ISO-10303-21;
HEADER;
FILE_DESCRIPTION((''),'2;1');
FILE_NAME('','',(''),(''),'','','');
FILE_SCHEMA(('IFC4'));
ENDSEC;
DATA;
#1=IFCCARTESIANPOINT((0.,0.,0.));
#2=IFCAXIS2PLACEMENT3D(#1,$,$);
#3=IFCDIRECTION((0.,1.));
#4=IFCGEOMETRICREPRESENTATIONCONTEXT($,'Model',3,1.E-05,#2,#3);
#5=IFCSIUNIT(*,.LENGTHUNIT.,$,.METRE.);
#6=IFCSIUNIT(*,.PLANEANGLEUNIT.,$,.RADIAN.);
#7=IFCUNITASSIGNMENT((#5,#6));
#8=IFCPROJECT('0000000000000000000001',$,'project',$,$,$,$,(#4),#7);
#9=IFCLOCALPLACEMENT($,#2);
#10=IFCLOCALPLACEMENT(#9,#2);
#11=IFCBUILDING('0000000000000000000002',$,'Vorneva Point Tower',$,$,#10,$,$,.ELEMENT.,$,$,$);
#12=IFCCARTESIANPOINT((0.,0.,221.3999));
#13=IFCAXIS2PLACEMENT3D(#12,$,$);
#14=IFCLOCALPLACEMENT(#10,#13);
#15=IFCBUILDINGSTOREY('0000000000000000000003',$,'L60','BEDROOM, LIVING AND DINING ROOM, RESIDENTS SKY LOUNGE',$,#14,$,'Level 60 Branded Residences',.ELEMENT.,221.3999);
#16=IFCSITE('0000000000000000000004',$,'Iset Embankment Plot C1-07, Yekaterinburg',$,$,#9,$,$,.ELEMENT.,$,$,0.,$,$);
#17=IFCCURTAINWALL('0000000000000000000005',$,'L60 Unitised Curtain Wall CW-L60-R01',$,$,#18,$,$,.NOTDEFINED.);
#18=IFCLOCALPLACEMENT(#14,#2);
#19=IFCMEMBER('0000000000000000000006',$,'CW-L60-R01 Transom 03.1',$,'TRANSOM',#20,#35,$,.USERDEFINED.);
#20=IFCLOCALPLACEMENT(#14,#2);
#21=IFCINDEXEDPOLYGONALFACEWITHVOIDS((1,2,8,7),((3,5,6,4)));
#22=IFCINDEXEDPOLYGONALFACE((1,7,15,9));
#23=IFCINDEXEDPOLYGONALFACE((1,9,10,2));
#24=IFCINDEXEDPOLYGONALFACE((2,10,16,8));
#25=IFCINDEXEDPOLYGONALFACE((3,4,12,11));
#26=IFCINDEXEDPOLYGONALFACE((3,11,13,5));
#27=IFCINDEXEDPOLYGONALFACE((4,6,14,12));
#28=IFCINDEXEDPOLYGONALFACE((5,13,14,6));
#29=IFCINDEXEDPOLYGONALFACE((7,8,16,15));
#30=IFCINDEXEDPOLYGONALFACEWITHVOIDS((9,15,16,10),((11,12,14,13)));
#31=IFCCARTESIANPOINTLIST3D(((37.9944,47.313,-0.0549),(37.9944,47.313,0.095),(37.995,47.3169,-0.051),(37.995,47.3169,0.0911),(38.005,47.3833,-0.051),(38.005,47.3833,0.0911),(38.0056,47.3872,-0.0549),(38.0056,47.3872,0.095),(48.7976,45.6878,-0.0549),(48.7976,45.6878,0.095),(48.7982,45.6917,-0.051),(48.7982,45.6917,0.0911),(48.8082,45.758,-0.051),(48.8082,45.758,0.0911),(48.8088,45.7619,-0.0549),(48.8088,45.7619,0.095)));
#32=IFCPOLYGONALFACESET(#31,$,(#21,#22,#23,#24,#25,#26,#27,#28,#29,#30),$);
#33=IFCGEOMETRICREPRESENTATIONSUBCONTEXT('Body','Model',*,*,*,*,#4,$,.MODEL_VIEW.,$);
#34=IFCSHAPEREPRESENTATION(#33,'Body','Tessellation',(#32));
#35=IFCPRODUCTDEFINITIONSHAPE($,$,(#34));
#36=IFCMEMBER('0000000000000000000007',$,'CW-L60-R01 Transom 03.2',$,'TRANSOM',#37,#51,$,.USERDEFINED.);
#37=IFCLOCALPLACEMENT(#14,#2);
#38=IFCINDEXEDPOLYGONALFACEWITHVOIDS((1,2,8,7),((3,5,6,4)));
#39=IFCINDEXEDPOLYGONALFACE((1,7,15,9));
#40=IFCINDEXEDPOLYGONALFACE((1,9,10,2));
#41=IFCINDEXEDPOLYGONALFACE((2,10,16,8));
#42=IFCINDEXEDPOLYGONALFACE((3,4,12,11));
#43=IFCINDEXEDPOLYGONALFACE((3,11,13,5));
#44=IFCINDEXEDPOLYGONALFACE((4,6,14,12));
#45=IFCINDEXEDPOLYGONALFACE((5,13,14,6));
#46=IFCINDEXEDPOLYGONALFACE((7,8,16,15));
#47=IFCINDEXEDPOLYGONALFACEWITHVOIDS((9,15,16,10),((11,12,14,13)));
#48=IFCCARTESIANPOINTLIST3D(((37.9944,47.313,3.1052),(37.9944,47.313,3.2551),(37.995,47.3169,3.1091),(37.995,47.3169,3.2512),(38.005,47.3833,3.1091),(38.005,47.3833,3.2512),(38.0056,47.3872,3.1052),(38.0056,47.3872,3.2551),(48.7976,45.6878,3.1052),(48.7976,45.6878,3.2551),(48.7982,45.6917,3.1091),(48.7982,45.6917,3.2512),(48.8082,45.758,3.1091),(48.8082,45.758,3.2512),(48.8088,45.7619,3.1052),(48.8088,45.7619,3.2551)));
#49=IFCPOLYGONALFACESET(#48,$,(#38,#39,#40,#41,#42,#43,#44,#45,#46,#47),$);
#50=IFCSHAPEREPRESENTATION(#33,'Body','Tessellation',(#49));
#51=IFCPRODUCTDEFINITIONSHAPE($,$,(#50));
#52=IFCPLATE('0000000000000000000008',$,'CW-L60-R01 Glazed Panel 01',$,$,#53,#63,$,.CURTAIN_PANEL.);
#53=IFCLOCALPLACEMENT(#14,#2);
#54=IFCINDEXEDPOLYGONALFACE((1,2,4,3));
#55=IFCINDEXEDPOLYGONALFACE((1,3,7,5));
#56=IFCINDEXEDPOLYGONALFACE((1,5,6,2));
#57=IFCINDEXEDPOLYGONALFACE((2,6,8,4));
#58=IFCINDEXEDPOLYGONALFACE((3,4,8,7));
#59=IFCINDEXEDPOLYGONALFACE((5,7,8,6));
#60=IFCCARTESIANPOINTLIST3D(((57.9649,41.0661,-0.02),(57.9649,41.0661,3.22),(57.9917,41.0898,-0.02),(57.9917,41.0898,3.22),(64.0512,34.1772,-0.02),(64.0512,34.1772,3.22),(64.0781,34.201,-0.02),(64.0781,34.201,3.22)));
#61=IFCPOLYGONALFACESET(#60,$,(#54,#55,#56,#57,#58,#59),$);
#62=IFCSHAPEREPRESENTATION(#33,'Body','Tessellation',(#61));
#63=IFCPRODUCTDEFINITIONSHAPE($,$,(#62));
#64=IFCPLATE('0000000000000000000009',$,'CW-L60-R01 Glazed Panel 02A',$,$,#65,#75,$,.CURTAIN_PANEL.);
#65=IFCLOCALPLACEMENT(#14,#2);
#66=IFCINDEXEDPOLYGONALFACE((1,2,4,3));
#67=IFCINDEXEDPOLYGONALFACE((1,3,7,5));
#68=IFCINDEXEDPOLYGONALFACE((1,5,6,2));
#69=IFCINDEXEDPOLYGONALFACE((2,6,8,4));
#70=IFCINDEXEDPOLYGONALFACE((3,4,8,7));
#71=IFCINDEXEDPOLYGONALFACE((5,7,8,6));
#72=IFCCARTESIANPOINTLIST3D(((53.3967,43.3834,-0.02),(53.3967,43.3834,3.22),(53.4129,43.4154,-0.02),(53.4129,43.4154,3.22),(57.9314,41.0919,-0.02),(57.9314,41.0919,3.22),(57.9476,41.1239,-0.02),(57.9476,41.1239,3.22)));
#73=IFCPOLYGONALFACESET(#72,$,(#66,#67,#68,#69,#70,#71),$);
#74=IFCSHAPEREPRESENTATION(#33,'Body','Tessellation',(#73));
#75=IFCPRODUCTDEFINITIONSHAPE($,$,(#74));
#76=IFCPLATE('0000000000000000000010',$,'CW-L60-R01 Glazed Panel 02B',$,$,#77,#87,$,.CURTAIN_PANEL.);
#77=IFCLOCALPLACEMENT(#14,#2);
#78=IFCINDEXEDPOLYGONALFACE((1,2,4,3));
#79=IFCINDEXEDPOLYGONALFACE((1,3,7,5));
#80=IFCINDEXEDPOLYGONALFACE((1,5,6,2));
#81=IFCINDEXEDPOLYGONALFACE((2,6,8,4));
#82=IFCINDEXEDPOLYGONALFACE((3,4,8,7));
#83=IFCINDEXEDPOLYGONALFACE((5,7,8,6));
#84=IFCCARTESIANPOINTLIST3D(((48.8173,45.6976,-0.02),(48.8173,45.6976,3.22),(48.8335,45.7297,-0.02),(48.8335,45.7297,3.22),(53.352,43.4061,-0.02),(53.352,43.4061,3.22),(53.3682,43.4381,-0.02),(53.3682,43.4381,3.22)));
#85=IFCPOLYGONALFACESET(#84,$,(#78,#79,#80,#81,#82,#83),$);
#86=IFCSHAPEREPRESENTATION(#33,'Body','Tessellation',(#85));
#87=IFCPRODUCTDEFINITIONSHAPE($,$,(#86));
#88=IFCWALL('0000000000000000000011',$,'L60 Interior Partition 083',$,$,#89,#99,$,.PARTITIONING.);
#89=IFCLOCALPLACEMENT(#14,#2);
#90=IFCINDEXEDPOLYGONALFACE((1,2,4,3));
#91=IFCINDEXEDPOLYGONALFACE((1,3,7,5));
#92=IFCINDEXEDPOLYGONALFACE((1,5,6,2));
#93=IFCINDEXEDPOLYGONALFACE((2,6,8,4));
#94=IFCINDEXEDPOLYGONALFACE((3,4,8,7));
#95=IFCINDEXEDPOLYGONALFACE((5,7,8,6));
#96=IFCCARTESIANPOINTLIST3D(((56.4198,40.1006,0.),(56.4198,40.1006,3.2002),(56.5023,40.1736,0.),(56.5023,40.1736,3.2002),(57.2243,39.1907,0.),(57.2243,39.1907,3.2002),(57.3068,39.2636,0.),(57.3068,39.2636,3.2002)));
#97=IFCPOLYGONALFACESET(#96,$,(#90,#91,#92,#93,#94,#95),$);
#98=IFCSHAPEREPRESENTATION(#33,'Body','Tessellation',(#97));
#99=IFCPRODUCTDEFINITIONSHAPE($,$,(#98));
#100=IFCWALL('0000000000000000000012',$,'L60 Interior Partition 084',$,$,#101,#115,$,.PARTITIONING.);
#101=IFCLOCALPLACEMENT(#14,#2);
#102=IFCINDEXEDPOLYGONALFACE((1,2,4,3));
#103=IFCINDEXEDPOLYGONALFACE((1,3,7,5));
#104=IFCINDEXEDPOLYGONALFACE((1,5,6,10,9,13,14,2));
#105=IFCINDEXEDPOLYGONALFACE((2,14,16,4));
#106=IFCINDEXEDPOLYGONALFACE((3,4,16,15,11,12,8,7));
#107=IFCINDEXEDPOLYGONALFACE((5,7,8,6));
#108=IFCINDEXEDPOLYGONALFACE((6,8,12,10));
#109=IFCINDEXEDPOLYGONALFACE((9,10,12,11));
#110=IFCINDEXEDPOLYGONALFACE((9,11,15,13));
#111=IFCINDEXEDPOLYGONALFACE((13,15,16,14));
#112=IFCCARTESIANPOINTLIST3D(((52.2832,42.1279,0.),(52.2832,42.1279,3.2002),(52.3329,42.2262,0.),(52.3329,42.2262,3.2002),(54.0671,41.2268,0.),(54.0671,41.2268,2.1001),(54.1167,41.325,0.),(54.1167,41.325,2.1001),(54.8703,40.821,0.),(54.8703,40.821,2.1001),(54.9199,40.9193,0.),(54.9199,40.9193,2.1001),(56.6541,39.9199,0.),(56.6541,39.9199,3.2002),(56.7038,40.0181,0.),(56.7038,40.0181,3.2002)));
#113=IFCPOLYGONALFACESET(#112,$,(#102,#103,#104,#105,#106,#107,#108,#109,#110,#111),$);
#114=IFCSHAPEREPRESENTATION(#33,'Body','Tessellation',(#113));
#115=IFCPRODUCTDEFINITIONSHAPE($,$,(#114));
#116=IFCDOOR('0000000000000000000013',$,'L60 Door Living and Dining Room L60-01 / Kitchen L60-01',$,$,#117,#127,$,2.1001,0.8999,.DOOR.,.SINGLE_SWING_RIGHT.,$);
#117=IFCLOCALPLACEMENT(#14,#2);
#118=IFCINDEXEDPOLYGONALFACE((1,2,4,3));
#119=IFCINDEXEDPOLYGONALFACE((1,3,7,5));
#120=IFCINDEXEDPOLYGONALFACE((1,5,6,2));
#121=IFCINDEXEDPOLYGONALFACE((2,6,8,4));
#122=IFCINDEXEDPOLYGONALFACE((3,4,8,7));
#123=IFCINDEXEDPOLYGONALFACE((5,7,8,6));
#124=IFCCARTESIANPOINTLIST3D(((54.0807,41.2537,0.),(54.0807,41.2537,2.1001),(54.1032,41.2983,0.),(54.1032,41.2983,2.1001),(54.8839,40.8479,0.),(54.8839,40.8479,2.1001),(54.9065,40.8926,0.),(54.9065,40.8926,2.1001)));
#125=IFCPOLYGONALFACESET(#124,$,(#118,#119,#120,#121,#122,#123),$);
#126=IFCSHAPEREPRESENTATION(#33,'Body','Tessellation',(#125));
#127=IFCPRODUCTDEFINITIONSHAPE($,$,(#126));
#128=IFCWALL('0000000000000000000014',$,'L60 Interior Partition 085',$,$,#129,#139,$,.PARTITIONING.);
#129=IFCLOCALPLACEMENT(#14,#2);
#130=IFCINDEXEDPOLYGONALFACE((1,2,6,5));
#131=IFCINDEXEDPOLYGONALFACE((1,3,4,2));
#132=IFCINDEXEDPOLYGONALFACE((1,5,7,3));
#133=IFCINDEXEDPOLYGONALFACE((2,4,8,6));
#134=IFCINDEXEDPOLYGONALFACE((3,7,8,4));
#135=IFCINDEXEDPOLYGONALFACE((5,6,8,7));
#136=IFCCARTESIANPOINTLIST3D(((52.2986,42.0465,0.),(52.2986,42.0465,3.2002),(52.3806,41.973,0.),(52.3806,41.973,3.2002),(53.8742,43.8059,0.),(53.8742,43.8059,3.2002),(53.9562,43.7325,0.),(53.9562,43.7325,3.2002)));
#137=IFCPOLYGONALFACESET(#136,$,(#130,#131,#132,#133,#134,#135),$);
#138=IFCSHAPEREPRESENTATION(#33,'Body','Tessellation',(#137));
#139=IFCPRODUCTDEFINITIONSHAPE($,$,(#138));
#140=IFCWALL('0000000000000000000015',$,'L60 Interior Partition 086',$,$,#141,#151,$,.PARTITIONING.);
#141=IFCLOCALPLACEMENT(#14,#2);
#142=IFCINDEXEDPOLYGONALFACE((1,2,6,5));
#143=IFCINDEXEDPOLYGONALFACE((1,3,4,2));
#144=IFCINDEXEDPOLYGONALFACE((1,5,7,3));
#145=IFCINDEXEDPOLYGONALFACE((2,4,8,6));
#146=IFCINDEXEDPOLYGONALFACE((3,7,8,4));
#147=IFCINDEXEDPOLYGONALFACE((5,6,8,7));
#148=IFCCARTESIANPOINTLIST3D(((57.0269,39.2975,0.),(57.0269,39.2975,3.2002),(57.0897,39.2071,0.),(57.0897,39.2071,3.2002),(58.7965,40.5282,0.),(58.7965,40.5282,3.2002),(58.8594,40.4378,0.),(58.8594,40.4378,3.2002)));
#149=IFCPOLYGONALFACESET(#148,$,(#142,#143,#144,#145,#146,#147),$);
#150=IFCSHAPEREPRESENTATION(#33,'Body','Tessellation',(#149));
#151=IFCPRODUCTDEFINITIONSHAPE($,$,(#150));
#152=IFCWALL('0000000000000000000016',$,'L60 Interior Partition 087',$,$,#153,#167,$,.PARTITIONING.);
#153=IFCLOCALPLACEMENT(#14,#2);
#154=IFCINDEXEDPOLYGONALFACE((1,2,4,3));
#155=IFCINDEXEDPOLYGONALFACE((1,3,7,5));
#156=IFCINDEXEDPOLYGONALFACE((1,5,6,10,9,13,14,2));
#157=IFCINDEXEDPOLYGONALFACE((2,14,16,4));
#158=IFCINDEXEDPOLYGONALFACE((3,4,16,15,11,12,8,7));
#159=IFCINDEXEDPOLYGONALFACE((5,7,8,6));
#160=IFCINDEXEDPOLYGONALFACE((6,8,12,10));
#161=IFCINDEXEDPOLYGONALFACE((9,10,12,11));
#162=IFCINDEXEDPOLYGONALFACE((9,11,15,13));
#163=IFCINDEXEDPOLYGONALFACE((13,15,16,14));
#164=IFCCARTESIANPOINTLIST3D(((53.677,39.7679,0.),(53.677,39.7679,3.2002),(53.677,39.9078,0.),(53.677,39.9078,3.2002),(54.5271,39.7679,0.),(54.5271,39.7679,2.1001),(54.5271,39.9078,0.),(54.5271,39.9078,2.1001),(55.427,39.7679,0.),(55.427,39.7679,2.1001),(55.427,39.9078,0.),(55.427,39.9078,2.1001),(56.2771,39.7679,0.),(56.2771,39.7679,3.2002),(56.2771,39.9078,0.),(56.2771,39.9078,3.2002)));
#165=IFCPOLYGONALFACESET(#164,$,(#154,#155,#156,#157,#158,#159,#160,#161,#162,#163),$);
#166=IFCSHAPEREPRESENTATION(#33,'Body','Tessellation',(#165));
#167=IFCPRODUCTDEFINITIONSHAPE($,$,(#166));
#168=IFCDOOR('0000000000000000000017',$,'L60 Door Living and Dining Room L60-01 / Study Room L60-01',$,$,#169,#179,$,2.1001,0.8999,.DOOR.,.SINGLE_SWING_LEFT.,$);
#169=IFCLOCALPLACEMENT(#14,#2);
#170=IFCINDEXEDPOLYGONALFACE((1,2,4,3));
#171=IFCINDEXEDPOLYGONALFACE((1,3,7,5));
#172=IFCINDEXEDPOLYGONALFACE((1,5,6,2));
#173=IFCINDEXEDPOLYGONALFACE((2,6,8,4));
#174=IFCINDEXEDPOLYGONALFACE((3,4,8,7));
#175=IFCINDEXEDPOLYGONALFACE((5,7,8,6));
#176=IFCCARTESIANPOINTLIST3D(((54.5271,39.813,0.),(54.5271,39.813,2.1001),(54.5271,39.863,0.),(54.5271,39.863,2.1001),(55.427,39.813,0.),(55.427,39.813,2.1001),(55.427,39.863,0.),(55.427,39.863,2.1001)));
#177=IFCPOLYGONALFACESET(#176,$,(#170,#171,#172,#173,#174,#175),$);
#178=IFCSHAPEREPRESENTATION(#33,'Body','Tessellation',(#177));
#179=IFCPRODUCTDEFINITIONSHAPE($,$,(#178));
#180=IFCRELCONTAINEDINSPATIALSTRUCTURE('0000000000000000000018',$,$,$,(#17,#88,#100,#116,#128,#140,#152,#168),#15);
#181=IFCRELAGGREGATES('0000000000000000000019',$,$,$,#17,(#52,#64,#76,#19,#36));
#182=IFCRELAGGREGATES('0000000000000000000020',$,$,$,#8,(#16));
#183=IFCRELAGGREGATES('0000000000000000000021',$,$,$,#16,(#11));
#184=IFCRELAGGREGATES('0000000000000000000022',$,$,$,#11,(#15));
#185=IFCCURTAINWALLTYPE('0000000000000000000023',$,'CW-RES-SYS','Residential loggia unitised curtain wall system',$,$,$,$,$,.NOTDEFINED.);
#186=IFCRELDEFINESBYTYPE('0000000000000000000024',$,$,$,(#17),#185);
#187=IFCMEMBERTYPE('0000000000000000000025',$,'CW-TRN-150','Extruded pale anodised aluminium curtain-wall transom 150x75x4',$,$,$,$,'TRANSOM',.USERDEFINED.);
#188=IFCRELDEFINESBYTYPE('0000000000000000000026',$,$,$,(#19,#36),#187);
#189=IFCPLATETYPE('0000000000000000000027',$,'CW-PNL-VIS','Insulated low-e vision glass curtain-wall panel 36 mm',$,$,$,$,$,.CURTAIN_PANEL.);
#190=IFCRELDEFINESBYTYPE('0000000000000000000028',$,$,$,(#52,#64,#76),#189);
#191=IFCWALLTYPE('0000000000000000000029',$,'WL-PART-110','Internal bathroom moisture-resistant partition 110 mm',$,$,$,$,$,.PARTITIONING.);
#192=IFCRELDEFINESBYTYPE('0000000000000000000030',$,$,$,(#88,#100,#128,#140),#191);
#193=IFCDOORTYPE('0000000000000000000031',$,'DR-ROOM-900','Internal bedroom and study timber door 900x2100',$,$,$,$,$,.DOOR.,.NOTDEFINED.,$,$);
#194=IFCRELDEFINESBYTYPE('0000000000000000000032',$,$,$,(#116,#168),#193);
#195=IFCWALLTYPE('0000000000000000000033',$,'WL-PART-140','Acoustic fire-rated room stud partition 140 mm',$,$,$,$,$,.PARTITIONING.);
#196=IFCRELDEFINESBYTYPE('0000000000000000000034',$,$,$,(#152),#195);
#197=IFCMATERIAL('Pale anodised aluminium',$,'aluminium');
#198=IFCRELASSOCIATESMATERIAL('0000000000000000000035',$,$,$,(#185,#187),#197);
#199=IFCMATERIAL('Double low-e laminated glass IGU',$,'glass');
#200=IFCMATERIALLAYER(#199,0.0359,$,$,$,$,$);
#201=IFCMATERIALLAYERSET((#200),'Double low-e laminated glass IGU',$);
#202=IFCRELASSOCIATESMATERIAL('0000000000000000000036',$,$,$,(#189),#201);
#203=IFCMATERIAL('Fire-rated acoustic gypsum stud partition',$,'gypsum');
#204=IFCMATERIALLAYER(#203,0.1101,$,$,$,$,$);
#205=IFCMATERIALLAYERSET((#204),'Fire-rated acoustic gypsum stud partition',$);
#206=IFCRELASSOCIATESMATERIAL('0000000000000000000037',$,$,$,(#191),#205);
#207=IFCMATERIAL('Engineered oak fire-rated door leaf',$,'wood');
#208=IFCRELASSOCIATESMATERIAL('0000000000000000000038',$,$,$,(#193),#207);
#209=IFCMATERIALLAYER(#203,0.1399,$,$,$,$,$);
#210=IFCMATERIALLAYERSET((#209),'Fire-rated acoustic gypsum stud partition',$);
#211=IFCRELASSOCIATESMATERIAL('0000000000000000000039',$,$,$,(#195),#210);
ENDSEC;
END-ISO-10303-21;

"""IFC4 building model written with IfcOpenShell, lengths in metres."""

from ifc_helpers import new_model, si_unit, direction, frame, frame_2d, origin, origin_2d, place, context, subcontext, project, spatial, rectangle, hollow_rectangle, extrude, material, layer, layer_set, material_profile, profile_set, type_object, element, fill, aggregate, save


model = new_model("IFC4")

# Units and contexts
model_context = context("Model", 3, precision=1e-05, world=origin(), true_north=direction((0.0, 1.0)))
body_context = subcontext(model_context, "Body", "Model", "MODEL_VIEW")
ifc_project = project(units=[si_unit("LENGTHUNIT", "METRE"), si_unit("PLANEANGLEUNIT", "RADIAN")], contexts=[model_context])

# Site, building, storey
site_placement = place(None, origin())
site = spatial("IfcSite", under=ifc_project, at=site_placement, Name="Iset Embankment Plot C1-07, Yekaterinburg", CompositionType="ELEMENT", RefElevation=0.0)
building_placement = place(site_placement, origin())
building = spatial("IfcBuilding", under=site, at=building_placement, Name="Vorneva Point Tower", CompositionType="ELEMENT")
storey_placement = place(building_placement, frame((0.0, 0.0, 221.3999)))
storey = spatial("IfcBuildingStorey", under=building, at=storey_placement, Name="L60", Description="BEDROOM, LIVING AND DINING ROOM, RESIDENTS SKY LOUNGE", LongName="Level 60 Branded Residences", CompositionType="ELEMENT", Elevation=221.3999)

# Curtain wall, members, plates
ifc_material_1 = material(Name="Pale anodised aluminium", Category="aluminium")
curtain_wall_type = type_object("IfcCurtainWallType", Name="CW-RES-SYS", Description="Residential loggia unitised curtain wall system", PredefinedType="NOTDEFINED", material=ifc_material_1)
curtain_wall_placement = place(storey_placement, origin())
curtain_wall = element("IfcCurtainWall", 1, at=curtain_wall_placement, inside=storey, type_object=curtain_wall_type, Name="L60 Unitised Curtain Wall CW-L60-R01", PredefinedType="NOTDEFINED")
ifc_material_profile_1 = material_profile(ifc_material_1, hollow_rectangle(XDim=0.075, YDim=0.1499, WallThickness=0.0039, at=origin_2d()), Name="AL-TRN 150x75x4")
ifc_profile_set_1 = profile_set([ifc_material_profile_1], Name="Pale anodised aluminium")
member_type_1 = type_object("IfcMemberType", Name="CW-TRN-150", Description="Extruded pale anodised aluminium curtain-wall transom 150x75x4", ElementType="TRANSOM", PredefinedType="USERDEFINED", material=ifc_profile_set_1)
member_1_placement = place(storey_placement, frame((48.8032, 45.7249, 0.02), z_axis=(-0.988872, 0.148767, 0.0), x_axis=(-0.148767, -0.988872, 0.0)))
member_1 = element("IfcMember", 2, at=member_1_placement, type_object=member_type_1, Name="CW-L60-R01 Transom 03.1", ObjectType="TRANSOM", PredefinedType="USERDEFINED", context=body_context, shape_type="SweptSolid", body=[
    extrude(hollow_rectangle(XDim=0.075, YDim=0.1499, WallThickness=0.0039, at=origin_2d()), origin(), (0.0, 0.0, 1.0), 10.9248),
])
member_2_placement = place(storey_placement, frame((48.8032, 45.7249, 3.1802), z_axis=(-0.988872, 0.148767, 0.0), x_axis=(-0.148767, -0.988872, 0.0)))
member_2 = element("IfcMember", 3, at=member_2_placement, type_object=member_type_1, Name="CW-L60-R01 Transom 03.2", ObjectType="TRANSOM", PredefinedType="USERDEFINED", context=body_context, shape_type="SweptSolid", body=[
    extrude(hollow_rectangle(XDim=0.075, YDim=0.1499, WallThickness=0.0039, at=origin_2d()), origin(), (0.0, 0.0, 1.0), 10.9248),
])
ifc_material_2 = material(Name="Double low-e laminated glass IGU", Category="glass")
ifc_layer_1 = layer(ifc_material_2, 0.0359)
ifc_layer_set_1 = layer_set([ifc_layer_1], Name="Double low-e laminated glass IGU")
plate_type = type_object("IfcPlateType", Name="CW-PNL-VIS", Description="Insulated low-e vision glass curtain-wall panel 36 mm", PredefinedType="CURTAIN_PANEL", material=ifc_layer_set_1)
plate_1_placement = place(storey_placement, frame((61.0215, 37.6335, -0.02), z_axis=(0.0, 0.0, 1.0), x_axis=(-0.66211, 0.749407, 0.0)))
plate_1 = element("IfcPlate", 4, at=plate_1_placement, type_object=plate_type, Name="CW-L60-R01 Glazed Panel 01", PredefinedType="CURTAIN_PANEL", context=body_context, shape_type="SweptSolid", body=[
    extrude(rectangle(XDim=9.1924, YDim=0.0359, at=origin_2d()), origin(), (0.0, 0.0, 1.0), 3.24),
])
plate_2_placement = place(storey_placement, frame((55.6721, 42.2537, -0.02), z_axis=(0.0, 0.0, 1.0), x_axis=(-0.892515, 0.451018, 0.0)))
plate_2 = element("IfcPlate", 5, at=plate_2_placement, type_object=plate_type, Name="CW-L60-R01 Glazed Panel 02A", PredefinedType="CURTAIN_PANEL", context=body_context, shape_type="SweptSolid", body=[
    extrude(rectangle(XDim=5.0808, YDim=0.0359, at=origin_2d()), origin(), (0.0, 0.0, 1.0), 3.24),
])
plate_3_placement = place(storey_placement, frame((51.0928, 44.5679, -0.02), z_axis=(0.0, 0.0, 1.0), x_axis=(-0.892515, 0.451018, 0.0)))
plate_3 = element("IfcPlate", 6, at=plate_3_placement, type_object=plate_type, Name="CW-L60-R01 Glazed Panel 02B", PredefinedType="CURTAIN_PANEL", context=body_context, shape_type="SweptSolid", body=[
    extrude(rectangle(XDim=5.0808, YDim=0.0359, at=origin_2d()), origin(), (0.0, 0.0, 1.0), 3.24),
])
aggregate(curtain_wall, [plate_1, plate_2, plate_3, member_1, member_2])

# Wall
ifc_material_3 = material(Name="Fire-rated acoustic gypsum stud partition", Category="gypsum")
ifc_layer_2 = layer(ifc_material_3, 0.1101)
ifc_layer_set_2 = layer_set([ifc_layer_2], Name="Fire-rated acoustic gypsum stud partition")
wall_type_1 = type_object("IfcWallType", Name="WL-PART-110", Description="Internal bathroom moisture-resistant partition 110 mm", PredefinedType="PARTITIONING", material=ifc_layer_set_2)
wall_1_placement = place(storey_placement, frame((57.2656, 39.2271, 0.0), z_axis=(0.0, 0.0, 1.0), x_axis=(-0.662353, 0.749192, 0.0)))
element("IfcWall", 7, at=wall_1_placement, inside=storey, type_object=wall_type_1, Name="L60 Interior Partition 083", PredefinedType="PARTITIONING", context=body_context, shape_type="SweptSolid", body=[
    extrude(rectangle(XDim=1.2146, YDim=0.1101, at=frame_2d((0.6074, 0.0))), origin(), (0.0, 0.0, 1.0), 3.2002),
])

# Wall, opening, door
wall_2_placement = place(storey_placement, frame((56.679, 39.969, 0.0), z_axis=(0.0, 0.0, 1.0), x_axis=(-0.892575, 0.450899, 0.0)))
wall_2 = element("IfcWall", 8, at=wall_2_placement, inside=storey, type_object=wall_type_1, Name="L60 Interior Partition 084", PredefinedType="PARTITIONING", context=body_context, shape_type="SweptSolid", body=[
    extrude(rectangle(XDim=4.897, YDim=0.1101, at=frame_2d((2.4485, 0.0))), origin(), (0.0, 0.0, 1.0), 3.2002),
])
opening_1_placement = place(wall_2_placement, frame((1.9985, 0.0, 0.0)))
opening_1 = element("IfcOpeningElement", 9, at=opening_1_placement, cuts=wall_2, PredefinedType="OPENING", context=body_context, shape_type="SweptSolid", body=[
    extrude(rectangle(XDim=0.8999, YDim=2.1001, at=frame_2d((0.45, 1.05))), frame((0.0, 0.0698, 0.0), z_axis=(0.0, -1.0, 0.0), x_axis=(1.0, 0.0, 0.0)), (0.0, 0.0, 1.0), 0.1399),
])
ifc_material_4 = material(Name="Engineered oak fire-rated door leaf", Category="wood")
door_type_1 = type_object("IfcDoorType", Name="DR-ROOM-900", Description="Internal bedroom and study timber door 900x2100", OperationType="NOTDEFINED", PredefinedType="DOOR", material=ifc_material_4)
door_1_placement = place(opening_1_placement, origin())
door_1 = element("IfcDoor", 10, at=door_1_placement, inside=storey, type_object=door_type_1, Name="L60 Door Living and Dining Room L60-01 / Kitchen L60-01", OperationType="SINGLE_SWING_RIGHT", OverallHeight=2.1001, OverallWidth=0.8999, PredefinedType="DOOR", context=body_context, shape_type="SweptSolid", body=[
    extrude(rectangle(XDim=0.8999, YDim=2.1001, at=frame_2d((0.45, 1.05))), frame((0.0, 0.0249, 0.0), z_axis=(0.0, -1.0, 0.0), x_axis=(1.0, 0.0, 0.0)), (0.0, 0.0, 1.0), 0.05),
])
fill(opening_1, door_1)

# Walls
wall_3_placement = place(storey_placement, frame((52.3396, 42.0098, 0.0), z_axis=(0.0, 0.0, 1.0), x_axis=(0.667118, 0.744952, 0.0)))
element("IfcWall", 11, at=wall_3_placement, inside=storey, type_object=wall_type_1, Name="L60 Interior Partition 085", PredefinedType="PARTITIONING", context=body_context, shape_type="SweptSolid", body=[
    extrude(rectangle(XDim=2.3618, YDim=0.1101, at=frame_2d((1.1809, 0.0))), origin(), (0.0, 0.0, 1.0), 3.2002),
])
wall_4_placement = place(storey_placement, frame((58.8279, 40.4829, 0.0), z_axis=(0.0, 0.0, 1.0), x_axis=(-0.821, -0.570928, 0.0)))
element("IfcWall", 12, at=wall_4_placement, inside=storey, type_object=wall_type_1, Name="L60 Interior Partition 086", PredefinedType="PARTITIONING", context=body_context, shape_type="SweptSolid", body=[
    extrude(rectangle(XDim=2.1555, YDim=0.1101, at=frame_2d((1.0776, 0.0))), origin(), (0.0, 0.0, 1.0), 3.2002),
])

# Wall, opening, door
ifc_layer_3 = layer(ifc_material_3, 0.1399)
ifc_layer_set_3 = layer_set([ifc_layer_3], Name="Fire-rated acoustic gypsum stud partition")
wall_type_2 = type_object("IfcWallType", Name="WL-PART-140", Description="Acoustic fire-rated room stud partition 140 mm", PredefinedType="PARTITIONING", material=ifc_layer_set_3)
wall_5_placement = place(storey_placement, frame((56.2771, 39.8379, 0.0), z_axis=(0.0, 0.0, 1.0), x_axis=(-1.0, 0.0, 0.0)))
wall_5 = element("IfcWall", 13, at=wall_5_placement, inside=storey, type_object=wall_type_2, Name="L60 Interior Partition 087", PredefinedType="PARTITIONING", context=body_context, shape_type="SweptSolid", body=[
    extrude(rectangle(XDim=2.6001, YDim=0.1399, at=frame_2d((1.3, 0.0))), origin(), (0.0, 0.0, 1.0), 3.2002),
])
opening_2_placement = place(wall_5_placement, frame((0.8501, 0.0, 0.0)))
opening_2 = element("IfcOpeningElement", 14, at=opening_2_placement, cuts=wall_5, PredefinedType="OPENING", context=body_context, shape_type="SweptSolid", body=[
    extrude(rectangle(XDim=0.8999, YDim=2.1001, at=frame_2d((0.45, 1.05))), frame((0.0, 0.085, 0.0), z_axis=(0.0, -1.0, 0.0), x_axis=(1.0, 0.0, 0.0)), (0.0, 0.0, 1.0), 0.1697),
])
door_2_placement = place(opening_2_placement, origin())
door_2 = element("IfcDoor", 15, at=door_2_placement, inside=storey, type_object=door_type_1, Name="L60 Door Living and Dining Room L60-01 / Study Room L60-01", OperationType="SINGLE_SWING_LEFT", OverallHeight=2.1001, OverallWidth=0.8999, PredefinedType="DOOR", context=body_context, shape_type="SweptSolid", body=[
    extrude(rectangle(XDim=0.8999, YDim=2.1001, at=frame_2d((0.45, 1.05))), frame((0.0, 0.0249, 0.0), z_axis=(0.0, -1.0, 0.0), x_axis=(1.0, 0.0, 0.0)), (0.0, 0.0, 1.0), 0.05),
])
fill(opening_2, door_2)

save(model, "model.ifc")
